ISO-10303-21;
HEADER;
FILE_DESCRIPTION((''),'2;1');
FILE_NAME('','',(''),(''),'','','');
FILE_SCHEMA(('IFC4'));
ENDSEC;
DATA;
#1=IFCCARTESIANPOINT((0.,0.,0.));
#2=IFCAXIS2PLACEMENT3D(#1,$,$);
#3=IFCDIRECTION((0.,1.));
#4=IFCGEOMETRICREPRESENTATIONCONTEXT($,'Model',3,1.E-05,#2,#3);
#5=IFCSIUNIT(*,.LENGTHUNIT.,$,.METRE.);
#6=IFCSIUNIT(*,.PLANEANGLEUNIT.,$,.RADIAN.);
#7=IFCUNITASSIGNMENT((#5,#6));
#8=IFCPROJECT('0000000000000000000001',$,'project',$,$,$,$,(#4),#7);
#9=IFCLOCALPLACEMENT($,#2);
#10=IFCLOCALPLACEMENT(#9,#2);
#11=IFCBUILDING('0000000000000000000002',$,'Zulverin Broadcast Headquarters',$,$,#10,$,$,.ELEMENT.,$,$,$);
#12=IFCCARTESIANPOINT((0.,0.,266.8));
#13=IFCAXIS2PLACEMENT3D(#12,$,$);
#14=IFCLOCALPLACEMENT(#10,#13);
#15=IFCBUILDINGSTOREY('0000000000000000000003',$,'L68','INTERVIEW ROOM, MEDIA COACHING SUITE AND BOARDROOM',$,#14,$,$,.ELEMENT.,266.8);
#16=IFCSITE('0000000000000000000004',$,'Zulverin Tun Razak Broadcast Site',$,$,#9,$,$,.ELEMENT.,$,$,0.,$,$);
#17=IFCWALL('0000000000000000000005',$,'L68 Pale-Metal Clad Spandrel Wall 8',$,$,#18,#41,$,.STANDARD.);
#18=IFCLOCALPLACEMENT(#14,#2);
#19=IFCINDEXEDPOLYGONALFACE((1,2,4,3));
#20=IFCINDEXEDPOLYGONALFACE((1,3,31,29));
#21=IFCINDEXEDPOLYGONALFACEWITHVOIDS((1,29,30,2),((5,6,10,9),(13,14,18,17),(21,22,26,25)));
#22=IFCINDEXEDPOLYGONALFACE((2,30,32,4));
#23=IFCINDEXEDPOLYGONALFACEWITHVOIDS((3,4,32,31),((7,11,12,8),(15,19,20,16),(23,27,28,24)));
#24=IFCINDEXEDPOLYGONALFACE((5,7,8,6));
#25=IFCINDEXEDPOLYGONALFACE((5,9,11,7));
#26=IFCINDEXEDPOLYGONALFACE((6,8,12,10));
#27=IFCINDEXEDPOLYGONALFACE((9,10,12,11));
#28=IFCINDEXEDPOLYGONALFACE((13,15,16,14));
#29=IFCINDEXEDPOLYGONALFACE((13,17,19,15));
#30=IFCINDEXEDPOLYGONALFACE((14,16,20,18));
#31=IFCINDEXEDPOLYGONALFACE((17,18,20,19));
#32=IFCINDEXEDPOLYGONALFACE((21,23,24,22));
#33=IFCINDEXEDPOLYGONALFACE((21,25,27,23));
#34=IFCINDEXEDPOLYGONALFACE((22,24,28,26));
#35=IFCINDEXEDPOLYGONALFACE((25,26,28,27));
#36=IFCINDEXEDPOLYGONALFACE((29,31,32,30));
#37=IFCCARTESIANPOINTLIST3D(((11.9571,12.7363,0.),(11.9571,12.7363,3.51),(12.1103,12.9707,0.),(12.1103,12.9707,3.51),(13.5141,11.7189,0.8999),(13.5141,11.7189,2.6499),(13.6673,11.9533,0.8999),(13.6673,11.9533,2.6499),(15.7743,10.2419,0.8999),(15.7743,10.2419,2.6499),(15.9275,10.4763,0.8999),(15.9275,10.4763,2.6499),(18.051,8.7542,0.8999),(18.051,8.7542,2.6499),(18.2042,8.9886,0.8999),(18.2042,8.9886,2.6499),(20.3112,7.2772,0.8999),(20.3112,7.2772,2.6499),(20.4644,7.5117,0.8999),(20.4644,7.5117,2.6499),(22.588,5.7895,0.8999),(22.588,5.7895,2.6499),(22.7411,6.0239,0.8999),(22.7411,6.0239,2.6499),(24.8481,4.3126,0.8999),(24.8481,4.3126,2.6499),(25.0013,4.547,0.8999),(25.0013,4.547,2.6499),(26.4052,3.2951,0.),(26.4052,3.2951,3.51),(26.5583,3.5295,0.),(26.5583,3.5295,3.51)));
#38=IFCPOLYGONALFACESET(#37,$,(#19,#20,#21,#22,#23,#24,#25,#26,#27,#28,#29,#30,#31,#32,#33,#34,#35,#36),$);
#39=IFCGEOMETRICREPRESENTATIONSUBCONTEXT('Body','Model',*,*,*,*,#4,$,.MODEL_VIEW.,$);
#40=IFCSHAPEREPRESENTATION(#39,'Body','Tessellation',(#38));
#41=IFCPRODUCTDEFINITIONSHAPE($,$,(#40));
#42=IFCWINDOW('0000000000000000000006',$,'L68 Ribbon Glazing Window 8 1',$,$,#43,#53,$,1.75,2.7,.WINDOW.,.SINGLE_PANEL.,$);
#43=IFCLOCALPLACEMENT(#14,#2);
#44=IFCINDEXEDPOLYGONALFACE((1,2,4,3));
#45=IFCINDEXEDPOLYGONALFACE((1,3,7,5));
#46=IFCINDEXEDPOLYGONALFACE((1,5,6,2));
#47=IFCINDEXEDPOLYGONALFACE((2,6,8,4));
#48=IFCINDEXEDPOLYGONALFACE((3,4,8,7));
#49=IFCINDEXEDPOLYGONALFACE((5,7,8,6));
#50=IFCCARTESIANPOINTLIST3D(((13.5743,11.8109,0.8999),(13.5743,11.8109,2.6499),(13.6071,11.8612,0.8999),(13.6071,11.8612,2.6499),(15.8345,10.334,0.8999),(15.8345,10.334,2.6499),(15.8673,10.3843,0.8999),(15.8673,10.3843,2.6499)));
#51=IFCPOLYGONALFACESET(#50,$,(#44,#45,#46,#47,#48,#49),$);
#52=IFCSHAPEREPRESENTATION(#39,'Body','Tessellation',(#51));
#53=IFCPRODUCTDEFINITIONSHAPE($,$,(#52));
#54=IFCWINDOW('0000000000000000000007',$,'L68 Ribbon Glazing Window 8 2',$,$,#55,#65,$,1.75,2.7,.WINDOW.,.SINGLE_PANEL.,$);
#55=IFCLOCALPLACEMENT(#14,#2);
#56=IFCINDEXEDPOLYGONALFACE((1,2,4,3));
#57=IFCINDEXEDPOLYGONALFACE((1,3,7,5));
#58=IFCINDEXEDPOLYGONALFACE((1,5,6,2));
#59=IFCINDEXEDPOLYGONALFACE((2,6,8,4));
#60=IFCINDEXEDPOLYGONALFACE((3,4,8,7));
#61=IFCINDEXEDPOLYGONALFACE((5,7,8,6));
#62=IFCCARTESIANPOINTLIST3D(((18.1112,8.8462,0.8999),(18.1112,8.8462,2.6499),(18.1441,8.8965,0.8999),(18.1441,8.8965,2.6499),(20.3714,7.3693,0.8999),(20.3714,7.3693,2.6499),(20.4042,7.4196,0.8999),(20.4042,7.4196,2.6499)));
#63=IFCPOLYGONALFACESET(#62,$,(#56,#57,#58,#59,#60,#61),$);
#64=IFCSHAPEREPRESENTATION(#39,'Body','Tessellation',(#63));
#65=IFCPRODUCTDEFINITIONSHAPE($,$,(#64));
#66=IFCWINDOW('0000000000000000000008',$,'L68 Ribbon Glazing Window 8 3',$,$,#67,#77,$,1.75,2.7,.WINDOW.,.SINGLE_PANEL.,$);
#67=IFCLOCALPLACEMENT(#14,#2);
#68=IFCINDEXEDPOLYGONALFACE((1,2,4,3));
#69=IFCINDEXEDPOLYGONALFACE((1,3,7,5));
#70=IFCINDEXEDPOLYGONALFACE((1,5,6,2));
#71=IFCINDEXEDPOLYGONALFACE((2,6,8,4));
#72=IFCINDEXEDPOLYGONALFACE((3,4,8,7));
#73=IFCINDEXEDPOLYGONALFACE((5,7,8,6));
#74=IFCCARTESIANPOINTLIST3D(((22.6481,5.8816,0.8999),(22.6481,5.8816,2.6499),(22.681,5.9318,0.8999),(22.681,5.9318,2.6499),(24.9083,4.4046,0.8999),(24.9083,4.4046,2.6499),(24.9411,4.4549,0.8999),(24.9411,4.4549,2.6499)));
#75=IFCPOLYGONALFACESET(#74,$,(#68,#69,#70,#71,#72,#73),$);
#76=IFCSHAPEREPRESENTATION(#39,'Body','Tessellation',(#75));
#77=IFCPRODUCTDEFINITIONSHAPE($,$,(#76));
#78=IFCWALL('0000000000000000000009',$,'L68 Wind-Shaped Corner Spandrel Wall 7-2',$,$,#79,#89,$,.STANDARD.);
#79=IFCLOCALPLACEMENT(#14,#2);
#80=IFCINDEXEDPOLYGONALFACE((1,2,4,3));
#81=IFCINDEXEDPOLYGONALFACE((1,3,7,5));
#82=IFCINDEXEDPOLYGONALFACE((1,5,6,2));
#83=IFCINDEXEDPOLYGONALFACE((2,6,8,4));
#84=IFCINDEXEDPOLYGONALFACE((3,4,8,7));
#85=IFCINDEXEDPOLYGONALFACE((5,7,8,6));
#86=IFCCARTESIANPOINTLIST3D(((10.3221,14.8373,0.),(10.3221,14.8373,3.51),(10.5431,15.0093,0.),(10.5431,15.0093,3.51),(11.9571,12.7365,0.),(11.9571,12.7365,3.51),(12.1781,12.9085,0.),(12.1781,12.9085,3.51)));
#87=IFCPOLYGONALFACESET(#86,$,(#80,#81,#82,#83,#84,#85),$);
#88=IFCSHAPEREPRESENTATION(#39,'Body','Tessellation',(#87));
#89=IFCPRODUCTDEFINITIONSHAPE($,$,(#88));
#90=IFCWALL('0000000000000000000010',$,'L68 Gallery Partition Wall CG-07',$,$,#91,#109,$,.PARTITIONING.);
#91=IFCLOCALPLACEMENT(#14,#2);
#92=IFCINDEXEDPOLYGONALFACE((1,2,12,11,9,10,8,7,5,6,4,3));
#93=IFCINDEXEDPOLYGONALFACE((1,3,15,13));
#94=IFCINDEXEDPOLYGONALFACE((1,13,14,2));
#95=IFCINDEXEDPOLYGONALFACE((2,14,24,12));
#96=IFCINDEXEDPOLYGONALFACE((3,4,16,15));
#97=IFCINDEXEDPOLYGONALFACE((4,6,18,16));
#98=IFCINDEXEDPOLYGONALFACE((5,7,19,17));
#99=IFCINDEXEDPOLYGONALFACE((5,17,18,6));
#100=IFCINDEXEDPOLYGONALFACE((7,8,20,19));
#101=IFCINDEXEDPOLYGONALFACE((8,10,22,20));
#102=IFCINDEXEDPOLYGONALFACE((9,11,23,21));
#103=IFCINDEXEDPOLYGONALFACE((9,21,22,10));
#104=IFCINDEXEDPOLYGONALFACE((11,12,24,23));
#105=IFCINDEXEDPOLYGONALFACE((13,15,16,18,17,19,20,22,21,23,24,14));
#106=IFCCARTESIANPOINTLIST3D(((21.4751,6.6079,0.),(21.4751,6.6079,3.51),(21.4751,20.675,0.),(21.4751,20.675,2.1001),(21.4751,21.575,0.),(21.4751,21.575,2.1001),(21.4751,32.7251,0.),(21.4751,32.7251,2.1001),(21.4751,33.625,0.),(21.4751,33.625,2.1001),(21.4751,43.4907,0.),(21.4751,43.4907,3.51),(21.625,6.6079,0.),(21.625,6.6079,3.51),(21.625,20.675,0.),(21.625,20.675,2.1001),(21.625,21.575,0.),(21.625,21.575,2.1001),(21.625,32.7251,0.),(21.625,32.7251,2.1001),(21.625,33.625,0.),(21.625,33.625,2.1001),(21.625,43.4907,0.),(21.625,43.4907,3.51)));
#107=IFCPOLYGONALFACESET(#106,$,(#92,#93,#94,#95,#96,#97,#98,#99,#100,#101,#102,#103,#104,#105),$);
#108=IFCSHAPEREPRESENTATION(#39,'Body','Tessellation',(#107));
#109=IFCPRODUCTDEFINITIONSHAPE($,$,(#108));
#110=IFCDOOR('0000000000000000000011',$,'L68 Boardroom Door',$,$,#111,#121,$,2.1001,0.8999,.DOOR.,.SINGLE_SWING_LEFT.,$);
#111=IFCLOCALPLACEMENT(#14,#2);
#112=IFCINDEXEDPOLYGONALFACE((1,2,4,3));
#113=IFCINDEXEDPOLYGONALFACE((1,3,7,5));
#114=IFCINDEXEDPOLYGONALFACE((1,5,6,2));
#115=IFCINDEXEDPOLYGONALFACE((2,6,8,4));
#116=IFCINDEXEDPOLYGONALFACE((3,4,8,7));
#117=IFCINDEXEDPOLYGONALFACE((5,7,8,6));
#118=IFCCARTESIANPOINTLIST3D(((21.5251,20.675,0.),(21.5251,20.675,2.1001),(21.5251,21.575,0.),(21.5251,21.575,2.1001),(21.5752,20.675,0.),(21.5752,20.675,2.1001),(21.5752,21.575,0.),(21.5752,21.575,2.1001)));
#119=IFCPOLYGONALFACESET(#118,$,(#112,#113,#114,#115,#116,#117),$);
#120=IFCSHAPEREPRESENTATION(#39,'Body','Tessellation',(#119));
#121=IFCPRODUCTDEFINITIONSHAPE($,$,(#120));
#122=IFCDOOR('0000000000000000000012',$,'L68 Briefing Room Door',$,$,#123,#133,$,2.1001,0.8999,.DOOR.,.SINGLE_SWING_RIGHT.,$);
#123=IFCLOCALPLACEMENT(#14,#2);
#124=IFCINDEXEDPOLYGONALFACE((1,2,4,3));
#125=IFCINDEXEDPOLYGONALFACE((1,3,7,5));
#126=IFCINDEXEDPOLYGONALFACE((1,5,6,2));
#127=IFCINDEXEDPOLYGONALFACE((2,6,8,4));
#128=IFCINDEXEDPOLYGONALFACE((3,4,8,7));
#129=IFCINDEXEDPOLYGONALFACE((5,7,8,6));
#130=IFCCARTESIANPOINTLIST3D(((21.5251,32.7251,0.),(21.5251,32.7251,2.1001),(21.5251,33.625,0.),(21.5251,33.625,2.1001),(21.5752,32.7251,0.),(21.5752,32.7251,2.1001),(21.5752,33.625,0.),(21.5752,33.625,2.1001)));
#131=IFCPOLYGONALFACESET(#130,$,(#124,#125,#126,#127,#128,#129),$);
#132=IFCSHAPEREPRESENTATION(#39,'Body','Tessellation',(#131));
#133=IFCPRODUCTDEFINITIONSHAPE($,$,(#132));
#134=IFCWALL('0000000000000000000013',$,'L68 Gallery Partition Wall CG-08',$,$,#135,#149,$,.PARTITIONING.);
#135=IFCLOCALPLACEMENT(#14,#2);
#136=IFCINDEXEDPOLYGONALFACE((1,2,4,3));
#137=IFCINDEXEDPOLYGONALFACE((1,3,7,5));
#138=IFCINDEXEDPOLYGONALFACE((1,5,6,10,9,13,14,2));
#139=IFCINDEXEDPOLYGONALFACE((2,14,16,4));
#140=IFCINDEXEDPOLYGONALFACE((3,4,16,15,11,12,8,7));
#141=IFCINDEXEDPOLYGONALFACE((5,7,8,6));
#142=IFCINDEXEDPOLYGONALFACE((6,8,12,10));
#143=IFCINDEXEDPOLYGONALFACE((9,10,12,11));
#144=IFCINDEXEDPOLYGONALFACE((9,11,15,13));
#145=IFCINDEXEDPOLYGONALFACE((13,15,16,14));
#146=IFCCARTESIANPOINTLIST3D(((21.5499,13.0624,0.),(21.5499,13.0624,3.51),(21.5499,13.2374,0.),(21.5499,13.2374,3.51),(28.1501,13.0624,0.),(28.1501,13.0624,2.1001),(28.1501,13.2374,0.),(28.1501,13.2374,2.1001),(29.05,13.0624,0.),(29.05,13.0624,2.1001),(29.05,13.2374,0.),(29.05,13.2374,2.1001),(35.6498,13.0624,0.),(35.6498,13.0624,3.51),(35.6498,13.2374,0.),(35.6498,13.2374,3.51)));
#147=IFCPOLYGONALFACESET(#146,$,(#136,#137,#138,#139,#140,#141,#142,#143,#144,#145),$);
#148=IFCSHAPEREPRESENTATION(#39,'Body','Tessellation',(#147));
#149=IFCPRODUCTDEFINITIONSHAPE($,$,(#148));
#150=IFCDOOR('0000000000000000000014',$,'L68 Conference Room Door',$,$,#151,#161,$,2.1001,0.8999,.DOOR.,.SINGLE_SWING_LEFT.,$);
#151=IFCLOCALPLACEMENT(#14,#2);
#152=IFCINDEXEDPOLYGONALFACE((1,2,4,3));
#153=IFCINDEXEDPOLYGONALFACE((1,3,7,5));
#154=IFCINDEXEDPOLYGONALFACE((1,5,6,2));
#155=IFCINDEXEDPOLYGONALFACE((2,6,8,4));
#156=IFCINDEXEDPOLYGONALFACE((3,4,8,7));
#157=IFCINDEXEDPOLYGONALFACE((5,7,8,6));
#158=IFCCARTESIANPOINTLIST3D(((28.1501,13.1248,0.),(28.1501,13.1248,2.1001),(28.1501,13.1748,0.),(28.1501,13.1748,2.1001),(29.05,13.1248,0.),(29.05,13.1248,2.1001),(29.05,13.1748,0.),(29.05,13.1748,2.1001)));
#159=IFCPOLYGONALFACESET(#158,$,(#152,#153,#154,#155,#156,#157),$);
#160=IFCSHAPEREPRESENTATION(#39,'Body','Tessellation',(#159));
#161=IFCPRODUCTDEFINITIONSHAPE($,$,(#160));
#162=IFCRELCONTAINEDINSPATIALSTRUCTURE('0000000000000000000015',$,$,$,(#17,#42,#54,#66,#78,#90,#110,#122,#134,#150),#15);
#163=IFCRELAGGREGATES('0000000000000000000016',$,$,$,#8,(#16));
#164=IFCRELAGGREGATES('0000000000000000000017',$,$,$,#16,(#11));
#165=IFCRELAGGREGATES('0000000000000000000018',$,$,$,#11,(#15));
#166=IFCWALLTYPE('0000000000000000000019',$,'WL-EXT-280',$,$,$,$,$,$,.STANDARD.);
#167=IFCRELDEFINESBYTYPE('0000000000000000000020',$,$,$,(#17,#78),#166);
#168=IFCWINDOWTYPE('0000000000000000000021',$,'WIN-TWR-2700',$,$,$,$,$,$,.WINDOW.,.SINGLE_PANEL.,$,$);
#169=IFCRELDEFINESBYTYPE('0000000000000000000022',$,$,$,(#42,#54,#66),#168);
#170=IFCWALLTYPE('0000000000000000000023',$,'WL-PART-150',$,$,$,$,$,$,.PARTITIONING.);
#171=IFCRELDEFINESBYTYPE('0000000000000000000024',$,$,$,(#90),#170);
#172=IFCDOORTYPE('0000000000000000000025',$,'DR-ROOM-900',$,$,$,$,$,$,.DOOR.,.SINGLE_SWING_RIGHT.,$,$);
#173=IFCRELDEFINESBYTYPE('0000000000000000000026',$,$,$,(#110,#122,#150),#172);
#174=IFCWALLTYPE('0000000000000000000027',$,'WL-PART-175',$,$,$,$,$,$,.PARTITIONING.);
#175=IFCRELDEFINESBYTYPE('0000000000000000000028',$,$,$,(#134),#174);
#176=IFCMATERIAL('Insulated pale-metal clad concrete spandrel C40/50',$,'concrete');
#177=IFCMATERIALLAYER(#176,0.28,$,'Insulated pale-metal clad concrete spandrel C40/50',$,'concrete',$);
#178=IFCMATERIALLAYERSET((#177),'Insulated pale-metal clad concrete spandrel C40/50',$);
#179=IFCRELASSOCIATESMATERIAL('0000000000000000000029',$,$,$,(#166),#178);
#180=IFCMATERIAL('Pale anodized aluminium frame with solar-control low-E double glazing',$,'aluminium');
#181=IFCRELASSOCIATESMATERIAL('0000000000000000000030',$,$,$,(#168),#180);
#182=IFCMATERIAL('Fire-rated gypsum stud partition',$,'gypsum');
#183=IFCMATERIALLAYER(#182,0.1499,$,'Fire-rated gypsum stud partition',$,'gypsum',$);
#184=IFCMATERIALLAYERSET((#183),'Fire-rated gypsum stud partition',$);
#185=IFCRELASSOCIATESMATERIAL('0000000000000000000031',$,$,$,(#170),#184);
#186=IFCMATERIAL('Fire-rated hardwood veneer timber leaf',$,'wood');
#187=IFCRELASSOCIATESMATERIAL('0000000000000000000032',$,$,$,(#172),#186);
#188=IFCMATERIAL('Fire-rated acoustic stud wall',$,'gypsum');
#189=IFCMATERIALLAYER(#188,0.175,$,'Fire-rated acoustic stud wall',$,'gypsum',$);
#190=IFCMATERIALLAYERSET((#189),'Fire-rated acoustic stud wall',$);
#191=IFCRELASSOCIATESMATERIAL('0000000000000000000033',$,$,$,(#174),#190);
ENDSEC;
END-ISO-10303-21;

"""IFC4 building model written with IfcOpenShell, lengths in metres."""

from ifc_helpers import new_model, si_unit, direction, frame, frame_2d, origin, place, context, subcontext, project, spatial, rectangle, extrude, material, layer, layer_set, type_object, element, fill, save


model = new_model("IFC4")

# Units and contexts
model_context = context("Model", 3, precision=1e-05, world=origin(), true_north=direction((0.0, 1.0)))
body_context = subcontext(model_context, "Body", "Model", "MODEL_VIEW")
ifc_project = project(units=[si_unit("LENGTHUNIT", "METRE"), si_unit("PLANEANGLEUNIT", "RADIAN")], contexts=[model_context])

# Site, building, storey
site_placement = place(None, origin())
site = spatial("IfcSite", under=ifc_project, at=site_placement, Name="Zulverin Tun Razak Broadcast Site", CompositionType="ELEMENT", RefElevation=0.0)
building_placement = place(site_placement, origin())
building = spatial("IfcBuilding", under=site, at=building_placement, Name="Zulverin Broadcast Headquarters", CompositionType="ELEMENT")
storey_placement = place(building_placement, frame((0.0, 0.0, 266.8)))
storey = spatial("IfcBuildingStorey", under=building, at=storey_placement, Name="L68", Description="INTERVIEW ROOM, MEDIA COACHING SUITE AND BOARDROOM", CompositionType="ELEMENT", Elevation=266.8)

# Wall, openings, windows
ifc_material_1 = material(Name="Insulated pale-metal clad concrete spandrel C40/50", Category="concrete")
ifc_layer_1 = layer(ifc_material_1, 0.28, Name="Insulated pale-metal clad concrete spandrel C40/50", Category="concrete")
ifc_layer_set_1 = layer_set([ifc_layer_1], Name="Insulated pale-metal clad concrete spandrel C40/50")
wall_type_1 = type_object("IfcWallType", Name="WL-EXT-280", PredefinedType="STANDARD", material=ifc_layer_set_1)
wall_1_placement = place(storey_placement, frame((12.0337, 12.8535, 0.0), z_axis=(0.0, 0.0, 1.0), x_axis=(0.837118, -0.547022, 0.0)))
wall_1 = element("IfcWall", 1, at=wall_1_placement, inside=storey, type_object=wall_type_1, Name="L68 Pale-Metal Clad Spandrel Wall 8", PredefinedType="STANDARD", context=body_context, shape_type="SweptSolid", body=[
    extrude(rectangle(XDim=17.2593, YDim=0.28, at=frame_2d((8.6296, 0.0))), origin(), (0.0, 0.0, 1.0), 3.51),
])
opening_1_placement = place(wall_1_placement, frame((1.8599, 0.0, 0.8999)))
opening_1 = element("IfcOpeningElement", 2, at=opening_1_placement, cuts=wall_1, PredefinedType="OPENING", context=body_context, shape_type="SweptSolid", body=[
    extrude(rectangle(XDim=2.7, YDim=1.75, at=frame_2d((1.3501, 0.875))), frame((0.0, 0.1499, 0.0), z_axis=(0.0, -1.0, 0.0), x_axis=(1.0, 0.0, 0.0)), (0.0, 0.0, 1.0), 0.3),
])
opening_2_placement = place(wall_1_placement, frame((7.2795, 0.0, 0.8999)))
opening_2 = element("IfcOpeningElement", 3, at=opening_2_placement, cuts=wall_1, PredefinedType="OPENING", context=body_context, shape_type="SweptSolid", body=[
    extrude(rectangle(XDim=2.7, YDim=1.75, at=frame_2d((1.3501, 0.875))), frame((0.0, 0.1499, 0.0), z_axis=(0.0, -1.0, 0.0), x_axis=(1.0, 0.0, 0.0)), (0.0, 0.0, 1.0), 0.3),
])
opening_3_placement = place(wall_1_placement, frame((12.6992, 0.0, 0.8999)))
opening_3 = element("IfcOpeningElement", 4, at=opening_3_placement, cuts=wall_1, PredefinedType="OPENING", context=body_context, shape_type="SweptSolid", body=[
    extrude(rectangle(XDim=2.7, YDim=1.75, at=frame_2d((1.3501, 0.875))), frame((0.0, 0.1499, 0.0), z_axis=(0.0, -1.0, 0.0), x_axis=(1.0, 0.0, 0.0)), (0.0, 0.0, 1.0), 0.3),
])
ifc_material_2 = material(Name="Pale anodized aluminium frame with solar-control low-E double glazing", Category="aluminium")
window_type = type_object("IfcWindowType", Name="WIN-TWR-2700", PartitioningType="SINGLE_PANEL", PredefinedType="WINDOW", material=ifc_material_2)
window_1_placement = place(opening_1_placement, origin())
window_1 = element("IfcWindow", 5, at=window_1_placement, inside=storey, type_object=window_type, Name="L68 Ribbon Glazing Window 8 1", OverallHeight=1.75, OverallWidth=2.7, PartitioningType="SINGLE_PANEL", PredefinedType="WINDOW", context=body_context, shape_type="SweptSolid", body=[
    extrude(rectangle(XDim=2.7, YDim=1.75, at=frame_2d((1.3501, 0.875))), frame((0.0, 0.03, 0.0), z_axis=(0.0, -1.0, 0.0), x_axis=(1.0, 0.0, 0.0)), (0.0, 0.0, 1.0), 0.0601),
])
fill(opening_1, window_1)
window_2_placement = place(opening_2_placement, origin())
window_2 = element("IfcWindow", 6, at=window_2_placement, inside=storey, type_object=window_type, Name="L68 Ribbon Glazing Window 8 2", OverallHeight=1.75, OverallWidth=2.7, PartitioningType="SINGLE_PANEL", PredefinedType="WINDOW", context=body_context, shape_type="SweptSolid", body=[
    extrude(rectangle(XDim=2.7, YDim=1.75, at=frame_2d((1.3501, 0.875))), frame((0.0, 0.03, 0.0), z_axis=(0.0, -1.0, 0.0), x_axis=(1.0, 0.0, 0.0)), (0.0, 0.0, 1.0), 0.0601),
])
fill(opening_2, window_2)
window_3_placement = place(opening_3_placement, origin())
window_3 = element("IfcWindow", 7, at=window_3_placement, inside=storey, type_object=window_type, Name="L68 Ribbon Glazing Window 8 3", OverallHeight=1.75, OverallWidth=2.7, PartitioningType="SINGLE_PANEL", PredefinedType="WINDOW", context=body_context, shape_type="SweptSolid", body=[
    extrude(rectangle(XDim=2.7, YDim=1.75, at=frame_2d((1.3501, 0.875))), frame((0.0, 0.03, 0.0), z_axis=(0.0, -1.0, 0.0), x_axis=(1.0, 0.0, 0.0)), (0.0, 0.0, 1.0), 0.0601),
])
fill(opening_3, window_3)

# Wall
wall_2_placement = place(storey_placement, frame((10.4326, 14.9233, 0.0), z_axis=(0.0, 0.0, 1.0), x_axis=(0.614182, -0.789165, 0.0)))
element("IfcWall", 8, at=wall_2_placement, inside=storey, type_object=wall_type_1, Name="L68 Wind-Shaped Corner Spandrel Wall 7-2", PredefinedType="STANDARD", context=body_context, shape_type="SweptSolid", body=[
    extrude(rectangle(XDim=2.6621, YDim=0.28, at=frame_2d((1.3311, 0.0))), origin(), (0.0, 0.0, 1.0), 3.51),
])

# Wall, openings, doors
ifc_material_3 = material(Name="Fire-rated gypsum stud partition", Category="gypsum")
ifc_layer_2 = layer(ifc_material_3, 0.1499, Name="Fire-rated gypsum stud partition", Category="gypsum")
ifc_layer_set_2 = layer_set([ifc_layer_2], Name="Fire-rated gypsum stud partition")
wall_type_2 = type_object("IfcWallType", Name="WL-PART-150", PredefinedType="PARTITIONING", material=ifc_layer_set_2)
wall_3_placement = place(storey_placement, frame((21.55, 6.6079, 0.0), z_axis=(0.0, 0.0, 1.0), x_axis=(0.0, 1.0, 0.0)))
wall_3 = element("IfcWall", 9, at=wall_3_placement, inside=storey, type_object=wall_type_2, Name="L68 Gallery Partition Wall CG-07", PredefinedType="PARTITIONING", context=body_context, shape_type="SweptSolid", body=[
    extrude(rectangle(XDim=36.8828, YDim=0.1499, at=frame_2d((18.4414, 0.0))), origin(), (0.0, 0.0, 1.0), 3.51),
])
opening_4_placement = place(wall_3_placement, frame((14.0671, 0.0, 0.0)))
opening_4 = element("IfcOpeningElement", 10, at=opening_4_placement, cuts=wall_3, PredefinedType="OPENING", context=body_context, shape_type="SweptSolid", body=[
    extrude(rectangle(XDim=0.8999, YDim=2.1001, at=frame_2d((0.45, 1.05))), frame((0.0, 0.085, 0.0), z_axis=(0.0, -1.0, 0.0), x_axis=(1.0, 0.0, 0.0)), (0.0, 0.0, 1.0), 0.1699),
])
opening_5_placement = place(wall_3_placement, frame((26.1172, 0.0, 0.0)))
opening_5 = element("IfcOpeningElement", 11, at=opening_5_placement, cuts=wall_3, PredefinedType="OPENING", context=body_context, shape_type="SweptSolid", body=[
    extrude(rectangle(XDim=0.8999, YDim=2.1001, at=frame_2d((0.45, 1.05))), frame((0.0, 0.085, 0.0), z_axis=(0.0, -1.0, 0.0), x_axis=(1.0, 0.0, 0.0)), (0.0, 0.0, 1.0), 0.1699),
])
ifc_material_4 = material(Name="Fire-rated hardwood veneer timber leaf", Category="wood")
door_type_1 = type_object("IfcDoorType", Name="DR-ROOM-900", OperationType="SINGLE_SWING_RIGHT", PredefinedType="DOOR", material=ifc_material_4)
door_1_placement = place(opening_4_placement, origin())
door_1 = element("IfcDoor", 12, at=door_1_placement, inside=storey, type_object=door_type_1, Name="L68 Boardroom Door", OperationType="SINGLE_SWING_LEFT", OverallHeight=2.1001, OverallWidth=0.8999, PredefinedType="DOOR", context=body_context, shape_type="SweptSolid", body=[
    extrude(rectangle(XDim=0.8999, YDim=2.1001, at=frame_2d((0.45, 1.05))), frame((0.0, 0.0249, 0.0), z_axis=(0.0, -1.0, 0.0), x_axis=(1.0, 0.0, 0.0)), (0.0, 0.0, 1.0), 0.05),
])
fill(opening_4, door_1)
door_2_placement = place(opening_5_placement, origin())
door_2 = element("IfcDoor", 13, at=door_2_placement, inside=storey, type_object=door_type_1, Name="L68 Briefing Room Door", OperationType="SINGLE_SWING_RIGHT", OverallHeight=2.1001, OverallWidth=0.8999, PredefinedType="DOOR", context=body_context, shape_type="SweptSolid", body=[
    extrude(rectangle(XDim=0.8999, YDim=2.1001, at=frame_2d((0.45, 1.05))), frame((0.0, 0.0249, 0.0), z_axis=(0.0, -1.0, 0.0), x_axis=(1.0, 0.0, 0.0)), (0.0, 0.0, 1.0), 0.05),
])
fill(opening_5, door_2)

# Wall, opening, door
ifc_material_5 = material(Name="Fire-rated acoustic stud wall", Category="gypsum")
ifc_layer_3 = layer(ifc_material_5, 0.175, Name="Fire-rated acoustic stud wall", Category="gypsum")
ifc_layer_set_3 = layer_set([ifc_layer_3], Name="Fire-rated acoustic stud wall")
wall_type_3 = type_object("IfcWallType", Name="WL-PART-175", PredefinedType="PARTITIONING", material=ifc_layer_set_3)
wall_4_placement = place(storey_placement, frame((21.55, 13.1499, 0.0), z_axis=(0.0, 0.0, 1.0), x_axis=(1.0, 0.0, 0.0)))
wall_4 = element("IfcWall", 14, at=wall_4_placement, inside=storey, type_object=wall_type_3, Name="L68 Gallery Partition Wall CG-08", PredefinedType="PARTITIONING", context=body_context, shape_type="SweptSolid", body=[
    extrude(rectangle(XDim=14.0999, YDim=0.175, at=frame_2d((7.0498, 0.0))), origin(), (0.0, 0.0, 1.0), 3.51),
])
opening_6_placement = place(wall_4_placement, frame((6.6001, 0.0, 0.0)))
opening_6 = element("IfcOpeningElement", 15, at=opening_6_placement, cuts=wall_4, PredefinedType="OPENING", context=body_context, shape_type="SweptSolid", body=[
    extrude(rectangle(XDim=0.8999, YDim=2.1001, at=frame_2d((0.45, 1.05))), frame((0.0, 0.0974, 0.0), z_axis=(0.0, -1.0, 0.0), x_axis=(1.0, 0.0, 0.0)), (0.0, 0.0, 1.0), 0.1951),
])
door_3_placement = place(opening_6_placement, origin())
door_3 = element("IfcDoor", 16, at=door_3_placement, inside=storey, type_object=door_type_1, Name="L68 Conference Room Door", OperationType="SINGLE_SWING_LEFT", OverallHeight=2.1001, OverallWidth=0.8999, PredefinedType="DOOR", context=body_context, shape_type="SweptSolid", body=[
    extrude(rectangle(XDim=0.8999, YDim=2.1001, at=frame_2d((0.45, 1.05))), frame((0.0, 0.0249, 0.0), z_axis=(0.0, -1.0, 0.0), x_axis=(1.0, 0.0, 0.0)), (0.0, 0.0, 1.0), 0.05),
])
fill(opening_6, door_3)

save(model, "model.ifc")
